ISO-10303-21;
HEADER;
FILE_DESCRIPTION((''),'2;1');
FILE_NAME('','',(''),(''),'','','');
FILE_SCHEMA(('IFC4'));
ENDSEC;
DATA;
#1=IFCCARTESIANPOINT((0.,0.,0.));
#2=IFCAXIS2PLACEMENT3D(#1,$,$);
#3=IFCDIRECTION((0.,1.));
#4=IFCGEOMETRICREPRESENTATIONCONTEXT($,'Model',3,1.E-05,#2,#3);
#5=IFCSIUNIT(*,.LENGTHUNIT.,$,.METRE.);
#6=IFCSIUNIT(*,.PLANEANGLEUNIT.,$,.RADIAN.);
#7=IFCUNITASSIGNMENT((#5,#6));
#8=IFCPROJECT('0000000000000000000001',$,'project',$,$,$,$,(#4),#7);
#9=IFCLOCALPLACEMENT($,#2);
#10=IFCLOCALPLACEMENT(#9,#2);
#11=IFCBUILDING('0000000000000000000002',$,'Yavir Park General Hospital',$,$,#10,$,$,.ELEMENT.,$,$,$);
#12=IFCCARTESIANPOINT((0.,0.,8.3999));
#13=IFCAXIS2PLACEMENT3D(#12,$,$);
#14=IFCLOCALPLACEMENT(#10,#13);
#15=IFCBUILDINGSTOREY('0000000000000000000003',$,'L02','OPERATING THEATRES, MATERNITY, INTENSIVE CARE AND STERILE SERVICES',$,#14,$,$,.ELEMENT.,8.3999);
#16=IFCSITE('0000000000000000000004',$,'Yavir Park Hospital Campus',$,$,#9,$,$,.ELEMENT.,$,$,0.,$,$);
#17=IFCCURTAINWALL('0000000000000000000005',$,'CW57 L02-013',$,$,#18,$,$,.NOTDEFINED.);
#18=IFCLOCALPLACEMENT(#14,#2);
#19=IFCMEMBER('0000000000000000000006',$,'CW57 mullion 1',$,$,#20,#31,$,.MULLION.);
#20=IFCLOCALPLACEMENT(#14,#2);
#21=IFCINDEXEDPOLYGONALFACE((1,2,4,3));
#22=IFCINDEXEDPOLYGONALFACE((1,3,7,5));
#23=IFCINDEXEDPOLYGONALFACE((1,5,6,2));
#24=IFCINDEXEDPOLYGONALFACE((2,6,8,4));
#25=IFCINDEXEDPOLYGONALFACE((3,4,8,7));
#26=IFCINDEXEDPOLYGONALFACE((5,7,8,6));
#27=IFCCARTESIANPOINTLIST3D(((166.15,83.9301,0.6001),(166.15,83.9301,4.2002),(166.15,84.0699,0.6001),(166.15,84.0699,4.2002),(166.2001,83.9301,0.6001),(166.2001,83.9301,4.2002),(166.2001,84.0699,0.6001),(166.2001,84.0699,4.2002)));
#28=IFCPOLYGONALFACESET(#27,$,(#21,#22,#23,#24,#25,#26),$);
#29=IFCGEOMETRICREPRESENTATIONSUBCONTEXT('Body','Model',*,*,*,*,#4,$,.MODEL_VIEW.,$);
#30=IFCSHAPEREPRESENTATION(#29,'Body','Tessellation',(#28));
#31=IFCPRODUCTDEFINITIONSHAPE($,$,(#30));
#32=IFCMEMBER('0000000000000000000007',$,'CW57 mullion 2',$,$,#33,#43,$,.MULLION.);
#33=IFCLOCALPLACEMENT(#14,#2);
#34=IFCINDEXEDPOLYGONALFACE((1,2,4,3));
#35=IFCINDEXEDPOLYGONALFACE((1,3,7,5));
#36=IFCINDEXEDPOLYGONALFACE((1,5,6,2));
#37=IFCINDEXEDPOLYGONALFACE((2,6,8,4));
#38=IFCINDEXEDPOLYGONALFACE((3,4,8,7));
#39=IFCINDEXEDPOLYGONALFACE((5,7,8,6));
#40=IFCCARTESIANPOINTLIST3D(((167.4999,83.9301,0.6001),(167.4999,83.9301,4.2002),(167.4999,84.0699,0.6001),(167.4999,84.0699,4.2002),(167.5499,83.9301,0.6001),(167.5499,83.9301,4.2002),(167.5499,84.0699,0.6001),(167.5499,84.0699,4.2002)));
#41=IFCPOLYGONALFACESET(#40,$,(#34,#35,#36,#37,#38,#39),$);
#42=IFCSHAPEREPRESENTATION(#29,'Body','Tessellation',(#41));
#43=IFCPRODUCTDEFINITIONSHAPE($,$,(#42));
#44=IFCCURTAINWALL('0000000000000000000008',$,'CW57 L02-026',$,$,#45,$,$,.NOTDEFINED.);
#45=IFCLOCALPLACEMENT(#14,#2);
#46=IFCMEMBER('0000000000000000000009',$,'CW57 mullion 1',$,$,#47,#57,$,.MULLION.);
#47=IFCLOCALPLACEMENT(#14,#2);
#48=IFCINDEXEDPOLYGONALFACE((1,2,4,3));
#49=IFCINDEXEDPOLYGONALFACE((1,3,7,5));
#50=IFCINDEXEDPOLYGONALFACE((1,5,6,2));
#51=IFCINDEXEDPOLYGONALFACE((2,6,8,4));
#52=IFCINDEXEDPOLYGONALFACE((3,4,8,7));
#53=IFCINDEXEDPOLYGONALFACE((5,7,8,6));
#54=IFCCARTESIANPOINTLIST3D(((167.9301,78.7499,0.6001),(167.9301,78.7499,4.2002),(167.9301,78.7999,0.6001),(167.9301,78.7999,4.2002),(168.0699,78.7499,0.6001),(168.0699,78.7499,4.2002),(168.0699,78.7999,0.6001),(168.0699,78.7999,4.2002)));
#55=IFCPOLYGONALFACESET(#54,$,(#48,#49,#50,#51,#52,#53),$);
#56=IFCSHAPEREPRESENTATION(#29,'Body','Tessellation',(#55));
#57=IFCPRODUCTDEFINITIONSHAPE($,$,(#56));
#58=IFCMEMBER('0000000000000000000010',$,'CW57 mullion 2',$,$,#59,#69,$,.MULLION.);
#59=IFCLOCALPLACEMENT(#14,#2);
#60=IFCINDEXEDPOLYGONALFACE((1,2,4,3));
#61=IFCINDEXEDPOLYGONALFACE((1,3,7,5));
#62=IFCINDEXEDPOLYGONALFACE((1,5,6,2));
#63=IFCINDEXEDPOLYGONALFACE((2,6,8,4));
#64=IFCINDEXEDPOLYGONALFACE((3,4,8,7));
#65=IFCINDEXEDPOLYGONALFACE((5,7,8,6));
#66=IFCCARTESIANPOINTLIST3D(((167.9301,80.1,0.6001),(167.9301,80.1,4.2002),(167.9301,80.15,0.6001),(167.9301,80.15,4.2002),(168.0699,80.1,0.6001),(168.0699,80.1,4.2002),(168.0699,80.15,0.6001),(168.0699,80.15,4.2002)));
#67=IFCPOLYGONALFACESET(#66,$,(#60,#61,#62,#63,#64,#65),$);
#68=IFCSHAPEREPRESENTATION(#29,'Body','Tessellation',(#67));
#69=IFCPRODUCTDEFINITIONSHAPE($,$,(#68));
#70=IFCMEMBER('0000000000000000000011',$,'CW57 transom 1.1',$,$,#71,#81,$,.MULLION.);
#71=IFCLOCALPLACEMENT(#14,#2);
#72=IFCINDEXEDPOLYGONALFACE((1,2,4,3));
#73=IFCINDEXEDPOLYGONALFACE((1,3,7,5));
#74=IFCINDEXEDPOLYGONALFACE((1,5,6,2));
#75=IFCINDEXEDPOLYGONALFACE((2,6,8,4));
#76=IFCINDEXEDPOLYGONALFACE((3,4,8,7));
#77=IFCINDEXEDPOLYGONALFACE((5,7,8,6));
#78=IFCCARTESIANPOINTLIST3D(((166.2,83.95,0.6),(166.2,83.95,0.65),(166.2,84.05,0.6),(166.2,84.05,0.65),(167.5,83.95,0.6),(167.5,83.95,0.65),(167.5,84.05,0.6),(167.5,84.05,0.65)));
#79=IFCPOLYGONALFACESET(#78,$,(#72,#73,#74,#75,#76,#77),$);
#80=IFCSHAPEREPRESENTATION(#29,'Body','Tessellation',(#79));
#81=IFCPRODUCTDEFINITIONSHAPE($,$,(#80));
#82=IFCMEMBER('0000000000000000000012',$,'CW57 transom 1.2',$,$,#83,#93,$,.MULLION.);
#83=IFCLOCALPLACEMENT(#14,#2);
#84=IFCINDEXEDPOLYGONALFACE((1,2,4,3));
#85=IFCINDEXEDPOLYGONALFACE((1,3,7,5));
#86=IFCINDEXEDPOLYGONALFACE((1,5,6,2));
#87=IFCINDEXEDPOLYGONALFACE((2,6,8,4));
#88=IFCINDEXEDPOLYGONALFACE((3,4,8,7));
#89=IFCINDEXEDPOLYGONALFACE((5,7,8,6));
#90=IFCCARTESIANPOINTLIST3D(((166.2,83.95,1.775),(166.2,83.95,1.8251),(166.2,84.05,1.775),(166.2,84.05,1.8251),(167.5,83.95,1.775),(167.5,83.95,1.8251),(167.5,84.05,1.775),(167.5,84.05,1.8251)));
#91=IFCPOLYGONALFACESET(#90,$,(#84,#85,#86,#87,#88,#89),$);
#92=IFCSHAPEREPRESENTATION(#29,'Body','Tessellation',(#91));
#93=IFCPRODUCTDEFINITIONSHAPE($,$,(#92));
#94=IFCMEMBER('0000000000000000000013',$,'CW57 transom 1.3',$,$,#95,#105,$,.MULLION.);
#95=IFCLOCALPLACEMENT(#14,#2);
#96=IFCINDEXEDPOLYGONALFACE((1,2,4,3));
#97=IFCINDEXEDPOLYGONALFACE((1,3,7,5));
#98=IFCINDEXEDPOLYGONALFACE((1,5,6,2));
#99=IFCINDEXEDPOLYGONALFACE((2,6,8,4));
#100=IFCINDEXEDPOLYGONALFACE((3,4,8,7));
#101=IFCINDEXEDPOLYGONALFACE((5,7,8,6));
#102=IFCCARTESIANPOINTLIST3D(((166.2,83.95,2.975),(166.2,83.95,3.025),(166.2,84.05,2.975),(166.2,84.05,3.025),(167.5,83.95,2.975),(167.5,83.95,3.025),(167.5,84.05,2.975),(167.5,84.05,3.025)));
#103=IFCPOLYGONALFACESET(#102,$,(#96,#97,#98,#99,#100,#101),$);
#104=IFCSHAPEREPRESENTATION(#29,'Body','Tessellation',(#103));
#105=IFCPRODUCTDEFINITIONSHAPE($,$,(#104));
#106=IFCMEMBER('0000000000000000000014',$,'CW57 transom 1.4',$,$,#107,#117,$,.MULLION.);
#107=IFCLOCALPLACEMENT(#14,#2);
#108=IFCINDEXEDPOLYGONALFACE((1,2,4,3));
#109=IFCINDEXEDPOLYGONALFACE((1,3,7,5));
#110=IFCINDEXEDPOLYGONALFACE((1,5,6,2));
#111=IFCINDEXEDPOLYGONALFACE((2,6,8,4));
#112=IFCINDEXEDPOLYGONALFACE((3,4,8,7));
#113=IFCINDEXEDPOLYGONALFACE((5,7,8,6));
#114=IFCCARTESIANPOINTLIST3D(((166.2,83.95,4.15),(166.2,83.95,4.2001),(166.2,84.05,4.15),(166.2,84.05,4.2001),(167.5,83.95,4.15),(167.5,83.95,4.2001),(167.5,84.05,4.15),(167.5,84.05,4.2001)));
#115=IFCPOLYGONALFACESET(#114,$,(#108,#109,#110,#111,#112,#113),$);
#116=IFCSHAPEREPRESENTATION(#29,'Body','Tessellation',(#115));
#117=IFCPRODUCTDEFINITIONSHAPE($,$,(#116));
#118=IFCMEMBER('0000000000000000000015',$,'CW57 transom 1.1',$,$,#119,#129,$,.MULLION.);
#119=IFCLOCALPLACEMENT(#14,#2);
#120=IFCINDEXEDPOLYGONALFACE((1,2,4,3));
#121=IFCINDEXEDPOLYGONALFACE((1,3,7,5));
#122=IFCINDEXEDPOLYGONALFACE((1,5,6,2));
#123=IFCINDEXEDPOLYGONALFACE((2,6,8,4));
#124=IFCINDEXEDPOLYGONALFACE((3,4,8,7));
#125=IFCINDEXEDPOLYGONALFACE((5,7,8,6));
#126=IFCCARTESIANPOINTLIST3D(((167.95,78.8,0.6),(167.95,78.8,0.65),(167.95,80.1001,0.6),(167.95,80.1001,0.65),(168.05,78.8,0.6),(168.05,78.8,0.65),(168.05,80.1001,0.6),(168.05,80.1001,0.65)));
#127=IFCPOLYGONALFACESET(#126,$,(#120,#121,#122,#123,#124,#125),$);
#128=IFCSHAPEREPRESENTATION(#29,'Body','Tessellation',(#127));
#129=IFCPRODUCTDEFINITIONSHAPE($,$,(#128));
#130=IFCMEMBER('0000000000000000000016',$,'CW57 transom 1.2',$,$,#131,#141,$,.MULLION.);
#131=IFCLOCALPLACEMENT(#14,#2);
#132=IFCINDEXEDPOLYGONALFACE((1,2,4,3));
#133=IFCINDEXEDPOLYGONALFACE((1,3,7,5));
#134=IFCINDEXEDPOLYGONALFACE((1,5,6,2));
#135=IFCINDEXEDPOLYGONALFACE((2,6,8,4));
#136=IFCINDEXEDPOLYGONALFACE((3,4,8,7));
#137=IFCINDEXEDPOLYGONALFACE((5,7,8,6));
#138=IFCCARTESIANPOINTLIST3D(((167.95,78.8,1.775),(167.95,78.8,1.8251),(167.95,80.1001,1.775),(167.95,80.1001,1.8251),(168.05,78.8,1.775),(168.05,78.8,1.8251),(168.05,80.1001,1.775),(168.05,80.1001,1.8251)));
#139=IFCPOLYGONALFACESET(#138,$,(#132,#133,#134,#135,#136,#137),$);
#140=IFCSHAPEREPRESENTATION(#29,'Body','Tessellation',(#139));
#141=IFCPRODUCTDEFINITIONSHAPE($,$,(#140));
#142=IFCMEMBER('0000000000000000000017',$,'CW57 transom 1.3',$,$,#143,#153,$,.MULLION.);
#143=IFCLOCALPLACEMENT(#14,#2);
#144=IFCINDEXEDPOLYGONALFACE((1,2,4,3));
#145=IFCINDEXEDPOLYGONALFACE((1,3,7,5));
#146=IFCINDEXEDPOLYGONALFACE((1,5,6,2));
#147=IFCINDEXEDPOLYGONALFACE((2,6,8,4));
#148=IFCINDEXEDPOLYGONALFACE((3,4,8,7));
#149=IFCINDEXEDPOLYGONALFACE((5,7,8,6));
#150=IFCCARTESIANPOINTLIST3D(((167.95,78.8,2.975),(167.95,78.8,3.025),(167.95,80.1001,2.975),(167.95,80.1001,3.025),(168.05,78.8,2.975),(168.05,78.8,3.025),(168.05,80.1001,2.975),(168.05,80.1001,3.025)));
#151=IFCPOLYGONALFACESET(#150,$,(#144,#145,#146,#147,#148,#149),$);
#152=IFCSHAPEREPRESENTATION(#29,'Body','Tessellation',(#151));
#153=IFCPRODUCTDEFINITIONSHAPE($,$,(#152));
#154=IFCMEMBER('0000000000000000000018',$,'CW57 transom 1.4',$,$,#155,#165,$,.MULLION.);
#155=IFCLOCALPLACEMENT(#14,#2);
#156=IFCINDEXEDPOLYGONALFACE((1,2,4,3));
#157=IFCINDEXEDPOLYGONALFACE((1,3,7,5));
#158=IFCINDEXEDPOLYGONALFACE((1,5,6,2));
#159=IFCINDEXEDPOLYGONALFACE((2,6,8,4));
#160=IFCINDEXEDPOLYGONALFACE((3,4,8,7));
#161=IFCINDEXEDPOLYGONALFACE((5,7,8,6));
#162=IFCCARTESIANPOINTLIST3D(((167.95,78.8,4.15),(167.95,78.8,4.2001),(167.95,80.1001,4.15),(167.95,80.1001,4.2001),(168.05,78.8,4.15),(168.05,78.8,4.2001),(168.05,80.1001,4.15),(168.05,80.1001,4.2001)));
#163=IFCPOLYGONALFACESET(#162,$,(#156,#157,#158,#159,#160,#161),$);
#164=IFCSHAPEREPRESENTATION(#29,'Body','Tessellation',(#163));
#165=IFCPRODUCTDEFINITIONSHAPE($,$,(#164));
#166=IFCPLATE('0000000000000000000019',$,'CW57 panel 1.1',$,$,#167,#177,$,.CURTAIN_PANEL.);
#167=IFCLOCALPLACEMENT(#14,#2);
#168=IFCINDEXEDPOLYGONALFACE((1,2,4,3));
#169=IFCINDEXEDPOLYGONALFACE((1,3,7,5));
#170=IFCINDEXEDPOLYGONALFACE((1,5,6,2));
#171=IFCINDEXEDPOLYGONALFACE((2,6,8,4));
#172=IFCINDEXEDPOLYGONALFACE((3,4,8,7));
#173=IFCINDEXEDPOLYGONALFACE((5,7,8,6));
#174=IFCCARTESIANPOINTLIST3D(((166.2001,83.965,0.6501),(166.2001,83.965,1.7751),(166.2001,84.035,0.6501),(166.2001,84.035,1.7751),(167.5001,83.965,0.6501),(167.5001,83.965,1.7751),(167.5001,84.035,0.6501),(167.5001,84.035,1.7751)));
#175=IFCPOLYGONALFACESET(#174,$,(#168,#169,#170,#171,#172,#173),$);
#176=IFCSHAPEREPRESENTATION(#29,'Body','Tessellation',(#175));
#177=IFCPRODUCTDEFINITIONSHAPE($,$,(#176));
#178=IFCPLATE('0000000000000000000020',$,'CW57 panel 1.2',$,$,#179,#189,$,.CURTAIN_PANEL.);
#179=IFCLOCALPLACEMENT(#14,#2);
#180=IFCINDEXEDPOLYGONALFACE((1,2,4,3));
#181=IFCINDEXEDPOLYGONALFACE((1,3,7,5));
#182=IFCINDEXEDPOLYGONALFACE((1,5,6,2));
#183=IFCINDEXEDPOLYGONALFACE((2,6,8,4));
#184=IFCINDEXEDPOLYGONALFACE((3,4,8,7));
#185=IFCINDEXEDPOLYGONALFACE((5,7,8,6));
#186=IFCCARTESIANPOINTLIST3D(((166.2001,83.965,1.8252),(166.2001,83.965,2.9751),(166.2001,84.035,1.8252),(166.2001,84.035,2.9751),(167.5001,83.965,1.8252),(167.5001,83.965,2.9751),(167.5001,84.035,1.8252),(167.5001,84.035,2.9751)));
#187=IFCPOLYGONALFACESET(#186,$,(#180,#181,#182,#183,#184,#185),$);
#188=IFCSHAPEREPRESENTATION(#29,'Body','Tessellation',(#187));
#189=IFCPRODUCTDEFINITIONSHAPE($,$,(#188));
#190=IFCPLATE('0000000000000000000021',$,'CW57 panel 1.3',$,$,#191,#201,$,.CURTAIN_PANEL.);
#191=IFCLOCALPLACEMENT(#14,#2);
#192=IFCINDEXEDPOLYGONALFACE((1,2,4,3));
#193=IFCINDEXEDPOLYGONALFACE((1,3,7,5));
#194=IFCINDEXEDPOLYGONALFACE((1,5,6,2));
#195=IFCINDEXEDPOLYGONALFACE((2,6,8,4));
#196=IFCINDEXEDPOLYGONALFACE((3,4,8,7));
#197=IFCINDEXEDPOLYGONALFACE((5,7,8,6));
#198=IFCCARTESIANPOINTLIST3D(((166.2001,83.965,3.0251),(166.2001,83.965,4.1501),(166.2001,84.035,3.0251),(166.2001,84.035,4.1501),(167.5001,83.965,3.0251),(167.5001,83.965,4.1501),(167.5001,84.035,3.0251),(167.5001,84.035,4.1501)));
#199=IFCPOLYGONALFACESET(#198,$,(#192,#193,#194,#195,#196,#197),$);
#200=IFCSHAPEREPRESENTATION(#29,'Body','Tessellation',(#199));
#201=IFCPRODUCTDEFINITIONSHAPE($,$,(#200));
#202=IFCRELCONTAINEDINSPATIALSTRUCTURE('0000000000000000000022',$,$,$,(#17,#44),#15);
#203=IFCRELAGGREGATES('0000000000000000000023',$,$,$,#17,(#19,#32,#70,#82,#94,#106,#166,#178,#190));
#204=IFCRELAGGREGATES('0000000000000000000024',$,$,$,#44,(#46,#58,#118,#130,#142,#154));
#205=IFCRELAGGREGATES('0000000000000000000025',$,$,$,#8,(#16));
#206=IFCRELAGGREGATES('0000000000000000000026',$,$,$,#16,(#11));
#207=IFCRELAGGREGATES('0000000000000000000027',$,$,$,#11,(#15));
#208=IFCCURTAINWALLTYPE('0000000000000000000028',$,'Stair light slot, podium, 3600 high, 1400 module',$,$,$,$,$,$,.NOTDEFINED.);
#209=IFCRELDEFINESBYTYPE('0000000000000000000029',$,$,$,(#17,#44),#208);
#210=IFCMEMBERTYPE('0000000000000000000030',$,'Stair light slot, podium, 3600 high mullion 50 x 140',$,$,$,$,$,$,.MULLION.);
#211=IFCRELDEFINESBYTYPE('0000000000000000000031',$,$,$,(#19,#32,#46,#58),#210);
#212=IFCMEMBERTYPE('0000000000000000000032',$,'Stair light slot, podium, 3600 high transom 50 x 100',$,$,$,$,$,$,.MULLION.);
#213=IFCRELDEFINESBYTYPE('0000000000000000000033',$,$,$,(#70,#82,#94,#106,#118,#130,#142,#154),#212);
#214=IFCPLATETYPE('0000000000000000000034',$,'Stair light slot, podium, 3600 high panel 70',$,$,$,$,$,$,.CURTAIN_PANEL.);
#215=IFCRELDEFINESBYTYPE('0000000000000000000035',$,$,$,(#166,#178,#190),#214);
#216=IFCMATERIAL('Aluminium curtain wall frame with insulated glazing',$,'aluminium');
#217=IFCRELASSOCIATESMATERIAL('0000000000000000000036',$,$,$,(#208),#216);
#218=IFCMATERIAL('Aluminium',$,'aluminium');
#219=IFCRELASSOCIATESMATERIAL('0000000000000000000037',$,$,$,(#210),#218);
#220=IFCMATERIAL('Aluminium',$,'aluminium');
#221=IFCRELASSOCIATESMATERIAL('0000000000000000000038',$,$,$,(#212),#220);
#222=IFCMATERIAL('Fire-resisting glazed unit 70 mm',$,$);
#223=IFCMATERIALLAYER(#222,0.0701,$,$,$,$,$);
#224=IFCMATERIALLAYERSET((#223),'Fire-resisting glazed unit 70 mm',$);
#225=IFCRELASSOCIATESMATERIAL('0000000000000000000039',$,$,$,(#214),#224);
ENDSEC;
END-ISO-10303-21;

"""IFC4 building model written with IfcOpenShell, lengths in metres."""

from ifc_helpers import new_model, si_unit, direction, frame, origin, origin_2d, place, context, subcontext, project, spatial, rectangle, extrude, material, layer, layer_set, material_profile, profile_set, type_object, element, aggregate, save


model = new_model("IFC4")

# Units and contexts
model_context = context("Model", 3, precision=1e-05, world=origin(), true_north=direction((0.0, 1.0)))
body_context = subcontext(model_context, "Body", "Model", "MODEL_VIEW")
ifc_project = project(units=[si_unit("LENGTHUNIT", "METRE"), si_unit("PLANEANGLEUNIT", "RADIAN")], contexts=[model_context])

# Site, building, storey
site_placement = place(None, origin())
site = spatial("IfcSite", under=ifc_project, at=site_placement, Name="Yavir Park Hospital Campus", CompositionType="ELEMENT", RefElevation=0.0)
building_placement = place(site_placement, origin())
building = spatial("IfcBuilding", under=site, at=building_placement, Name="Yavir Park General Hospital", CompositionType="ELEMENT")
storey_placement = place(building_placement, frame((0.0, 0.0, 8.3999)))
storey = spatial("IfcBuildingStorey", under=building, at=storey_placement, Name="L02", Description="OPERATING THEATRES, MATERNITY, INTENSIVE CARE AND STERILE SERVICES", CompositionType="ELEMENT", Elevation=8.3999)

# Curtain walls, members
ifc_material_1 = material(Name="Aluminium curtain wall frame with insulated glazing", Category="aluminium")
curtain_wall_type = type_object("IfcCurtainWallType", Name="Stair light slot, podium, 3600 high, 1400 module", PredefinedType="NOTDEFINED", material=ifc_material_1)
curtain_wall_1_placement = place(storey_placement, origin())
curtain_wall_1 = element("IfcCurtainWall", 1, at=curtain_wall_1_placement, inside=storey, type_object=curtain_wall_type, Name="CW57 L02-013", PredefinedType="NOTDEFINED")
ifc_material_2 = material(Name="Aluminium", Category="aluminium")
ifc_material_profile_1 = material_profile(ifc_material_2, rectangle(XDim=0.1399, YDim=0.05, at=origin_2d()), Name="AL 50x140")
ifc_profile_set_1 = profile_set([ifc_material_profile_1], Name="Aluminium")
member_type_1 = type_object("IfcMemberType", Name="Stair light slot, podium, 3600 high mullion 50 x 140", PredefinedType="MULLION", material=ifc_profile_set_1)
member_1_placement = place(storey_placement, frame((166.175, 84.0, 0.6001), z_axis=(0.0, 0.0, 1.0), x_axis=(0.0, 1.0, 0.0)))
member_1 = element("IfcMember", 2, at=member_1_placement, type_object=member_type_1, Name="CW57 mullion 1", PredefinedType="MULLION", context=body_context, shape_type="SweptSolid", body=[
    extrude(rectangle(XDim=0.1399, YDim=0.05, at=origin_2d()), origin(), (0.0, 0.0, 1.0), 3.6001),
])
member_2_placement = place(storey_placement, frame((167.5249, 84.0, 0.6001), z_axis=(0.0, 0.0, 1.0), x_axis=(0.0, 1.0, 0.0)))
member_2 = element("IfcMember", 3, at=member_2_placement, type_object=member_type_1, Name="CW57 mullion 2", PredefinedType="MULLION", context=body_context, shape_type="SweptSolid", body=[
    extrude(rectangle(XDim=0.1399, YDim=0.05, at=origin_2d()), origin(), (0.0, 0.0, 1.0), 3.6001),
])
curtain_wall_2_placement = place(storey_placement, origin())
curtain_wall_2 = element("IfcCurtainWall", 4, at=curtain_wall_2_placement, inside=storey, type_object=curtain_wall_type, Name="CW57 L02-026", PredefinedType="NOTDEFINED")
member_3_placement = place(storey_placement, frame((168.0, 78.7749, 0.6001), z_axis=(0.0, 0.0, 1.0), x_axis=(-1.0, 0.0, 0.0)))
member_3 = element("IfcMember", 5, at=member_3_placement, type_object=member_type_1, Name="CW57 mullion 1", PredefinedType="MULLION", context=body_context, shape_type="SweptSolid", body=[
    extrude(rectangle(XDim=0.1399, YDim=0.05, at=origin_2d()), origin(), (0.0, 0.0, 1.0), 3.6001),
])
member_4_placement = place(storey_placement, frame((168.0, 80.125, 0.6001), z_axis=(0.0, 0.0, 1.0), x_axis=(-1.0, 0.0, 0.0)))
member_4 = element("IfcMember", 6, at=member_4_placement, type_object=member_type_1, Name="CW57 mullion 2", PredefinedType="MULLION", context=body_context, shape_type="SweptSolid", body=[
    extrude(rectangle(XDim=0.1399, YDim=0.05, at=origin_2d()), origin(), (0.0, 0.0, 1.0), 3.6001),
])

# Members
ifc_material_3 = material(Name="Aluminium", Category="aluminium")
ifc_material_profile_2 = material_profile(ifc_material_3, rectangle(XDim=0.1001, YDim=0.05, at=origin_2d()), Name="AL 100x50")
ifc_profile_set_2 = profile_set([ifc_material_profile_2], Name="Aluminium")
member_type_2 = type_object("IfcMemberType", Name="Stair light slot, podium, 3600 high transom 50 x 100", PredefinedType="MULLION", material=ifc_profile_set_2)
member_5_placement = place(storey_placement, frame((166.2, 84.0, 0.625), z_axis=(1.0, 0.0, 0.0), x_axis=(0.0, 1.0, 0.0)))
member_5 = element("IfcMember", 7, at=member_5_placement, type_object=member_type_2, Name="CW57 transom 1.1", PredefinedType="MULLION", context=body_context, shape_type="SweptSolid", body=[
    extrude(rectangle(XDim=0.1001, YDim=0.05, at=origin_2d()), origin(), (0.0, 0.0, 1.0), 1.3),
])
member_6_placement = place(storey_placement, frame((166.2, 84.0, 1.8), z_axis=(1.0, 0.0, 0.0), x_axis=(0.0, 1.0, 0.0)))
member_6 = element("IfcMember", 8, at=member_6_placement, type_object=member_type_2, Name="CW57 transom 1.2", PredefinedType="MULLION", context=body_context, shape_type="SweptSolid", body=[
    extrude(rectangle(XDim=0.1001, YDim=0.05, at=origin_2d()), origin(), (0.0, 0.0, 1.0), 1.3),
])
member_7_placement = place(storey_placement, frame((166.2, 84.0, 3.0), z_axis=(1.0, 0.0, 0.0), x_axis=(0.0, 1.0, 0.0)))
member_7 = element("IfcMember", 9, at=member_7_placement, type_object=member_type_2, Name="CW57 transom 1.3", PredefinedType="MULLION", context=body_context, shape_type="SweptSolid", body=[
    extrude(rectangle(XDim=0.1001, YDim=0.05, at=origin_2d()), origin(), (0.0, 0.0, 1.0), 1.3),
])
member_8_placement = place(storey_placement, frame((166.2, 84.0, 4.175), z_axis=(1.0, 0.0, 0.0), x_axis=(0.0, 1.0, 0.0)))
member_8 = element("IfcMember", 10, at=member_8_placement, type_object=member_type_2, Name="CW57 transom 1.4", PredefinedType="MULLION", context=body_context, shape_type="SweptSolid", body=[
    extrude(rectangle(XDim=0.1001, YDim=0.05, at=origin_2d()), origin(), (0.0, 0.0, 1.0), 1.3),
])
member_9_placement = place(storey_placement, frame((168.0, 78.8, 0.625), z_axis=(0.0, 1.0, 0.0), x_axis=(-1.0, 0.0, 0.0)))
member_9 = element("IfcMember", 11, at=member_9_placement, type_object=member_type_2, Name="CW57 transom 1.1", PredefinedType="MULLION", context=body_context, shape_type="SweptSolid", body=[
    extrude(rectangle(XDim=0.1001, YDim=0.05, at=origin_2d()), origin(), (0.0, 0.0, 1.0), 1.3),
])
member_10_placement = place(storey_placement, frame((168.0, 78.8, 1.8), z_axis=(0.0, 1.0, 0.0), x_axis=(-1.0, 0.0, 0.0)))
member_10 = element("IfcMember", 12, at=member_10_placement, type_object=member_type_2, Name="CW57 transom 1.2", PredefinedType="MULLION", context=body_context, shape_type="SweptSolid", body=[
    extrude(rectangle(XDim=0.1001, YDim=0.05, at=origin_2d()), origin(), (0.0, 0.0, 1.0), 1.3),
])
member_11_placement = place(storey_placement, frame((168.0, 78.8, 3.0), z_axis=(0.0, 1.0, 0.0), x_axis=(-1.0, 0.0, 0.0)))
member_11 = element("IfcMember", 13, at=member_11_placement, type_object=member_type_2, Name="CW57 transom 1.3", PredefinedType="MULLION", context=body_context, shape_type="SweptSolid", body=[
    extrude(rectangle(XDim=0.1001, YDim=0.05, at=origin_2d()), origin(), (0.0, 0.0, 1.0), 1.3),
])
member_12_placement = place(storey_placement, frame((168.0, 78.8, 4.175), z_axis=(0.0, 1.0, 0.0), x_axis=(-1.0, 0.0, 0.0)))
member_12 = element("IfcMember", 14, at=member_12_placement, type_object=member_type_2, Name="CW57 transom 1.4", PredefinedType="MULLION", context=body_context, shape_type="SweptSolid", body=[
    extrude(rectangle(XDim=0.1001, YDim=0.05, at=origin_2d()), origin(), (0.0, 0.0, 1.0), 1.3),
])

# Plates
ifc_material_4 = material(Name="Fire-resisting glazed unit 70 mm")
ifc_layer_1 = layer(ifc_material_4, 0.0701)
ifc_layer_set_1 = layer_set([ifc_layer_1], Name="Fire-resisting glazed unit 70 mm")
plate_type = type_object("IfcPlateType", Name="Stair light slot, podium, 3600 high panel 70", PredefinedType="CURTAIN_PANEL", material=ifc_layer_set_1)
plate_1_placement = place(storey_placement, frame((166.8501, 84.0, 0.6501), z_axis=(0.0, 0.0, 1.0), x_axis=(1.0, 0.0, 0.0)))
plate_1 = element("IfcPlate", 15, at=plate_1_placement, type_object=plate_type, Name="CW57 panel 1.1", PredefinedType="CURTAIN_PANEL", context=body_context, shape_type="SweptSolid", body=[
    extrude(rectangle(XDim=1.3, YDim=0.0701, at=origin_2d()), origin(), (0.0, 0.0, 1.0), 1.125),
])
plate_2_placement = place(storey_placement, frame((166.8501, 84.0, 1.8252), z_axis=(0.0, 0.0, 1.0), x_axis=(1.0, 0.0, 0.0)))
plate_2 = element("IfcPlate", 16, at=plate_2_placement, type_object=plate_type, Name="CW57 panel 1.2", PredefinedType="CURTAIN_PANEL", context=body_context, shape_type="SweptSolid", body=[
    extrude(rectangle(XDim=1.3, YDim=0.0701, at=origin_2d()), origin(), (0.0, 0.0, 1.0), 1.1499),
])
plate_3_placement = place(storey_placement, frame((166.8501, 84.0, 3.0251), z_axis=(0.0, 0.0, 1.0), x_axis=(1.0, 0.0, 0.0)))
plate_3 = element("IfcPlate", 17, at=plate_3_placement, type_object=plate_type, Name="CW57 panel 1.3", PredefinedType="CURTAIN_PANEL", context=body_context, shape_type="SweptSolid", body=[
    extrude(rectangle(XDim=1.3, YDim=0.0701, at=origin_2d()), origin(), (0.0, 0.0, 1.0), 1.125),
])
aggregate(curtain_wall_1, [member_1, member_2, member_5, member_6, member_7, member_8, plate_1, plate_2, plate_3])
aggregate(curtain_wall_2, [member_3, member_4, member_9, member_10, member_11, member_12])

save(model, "model.ifc")
